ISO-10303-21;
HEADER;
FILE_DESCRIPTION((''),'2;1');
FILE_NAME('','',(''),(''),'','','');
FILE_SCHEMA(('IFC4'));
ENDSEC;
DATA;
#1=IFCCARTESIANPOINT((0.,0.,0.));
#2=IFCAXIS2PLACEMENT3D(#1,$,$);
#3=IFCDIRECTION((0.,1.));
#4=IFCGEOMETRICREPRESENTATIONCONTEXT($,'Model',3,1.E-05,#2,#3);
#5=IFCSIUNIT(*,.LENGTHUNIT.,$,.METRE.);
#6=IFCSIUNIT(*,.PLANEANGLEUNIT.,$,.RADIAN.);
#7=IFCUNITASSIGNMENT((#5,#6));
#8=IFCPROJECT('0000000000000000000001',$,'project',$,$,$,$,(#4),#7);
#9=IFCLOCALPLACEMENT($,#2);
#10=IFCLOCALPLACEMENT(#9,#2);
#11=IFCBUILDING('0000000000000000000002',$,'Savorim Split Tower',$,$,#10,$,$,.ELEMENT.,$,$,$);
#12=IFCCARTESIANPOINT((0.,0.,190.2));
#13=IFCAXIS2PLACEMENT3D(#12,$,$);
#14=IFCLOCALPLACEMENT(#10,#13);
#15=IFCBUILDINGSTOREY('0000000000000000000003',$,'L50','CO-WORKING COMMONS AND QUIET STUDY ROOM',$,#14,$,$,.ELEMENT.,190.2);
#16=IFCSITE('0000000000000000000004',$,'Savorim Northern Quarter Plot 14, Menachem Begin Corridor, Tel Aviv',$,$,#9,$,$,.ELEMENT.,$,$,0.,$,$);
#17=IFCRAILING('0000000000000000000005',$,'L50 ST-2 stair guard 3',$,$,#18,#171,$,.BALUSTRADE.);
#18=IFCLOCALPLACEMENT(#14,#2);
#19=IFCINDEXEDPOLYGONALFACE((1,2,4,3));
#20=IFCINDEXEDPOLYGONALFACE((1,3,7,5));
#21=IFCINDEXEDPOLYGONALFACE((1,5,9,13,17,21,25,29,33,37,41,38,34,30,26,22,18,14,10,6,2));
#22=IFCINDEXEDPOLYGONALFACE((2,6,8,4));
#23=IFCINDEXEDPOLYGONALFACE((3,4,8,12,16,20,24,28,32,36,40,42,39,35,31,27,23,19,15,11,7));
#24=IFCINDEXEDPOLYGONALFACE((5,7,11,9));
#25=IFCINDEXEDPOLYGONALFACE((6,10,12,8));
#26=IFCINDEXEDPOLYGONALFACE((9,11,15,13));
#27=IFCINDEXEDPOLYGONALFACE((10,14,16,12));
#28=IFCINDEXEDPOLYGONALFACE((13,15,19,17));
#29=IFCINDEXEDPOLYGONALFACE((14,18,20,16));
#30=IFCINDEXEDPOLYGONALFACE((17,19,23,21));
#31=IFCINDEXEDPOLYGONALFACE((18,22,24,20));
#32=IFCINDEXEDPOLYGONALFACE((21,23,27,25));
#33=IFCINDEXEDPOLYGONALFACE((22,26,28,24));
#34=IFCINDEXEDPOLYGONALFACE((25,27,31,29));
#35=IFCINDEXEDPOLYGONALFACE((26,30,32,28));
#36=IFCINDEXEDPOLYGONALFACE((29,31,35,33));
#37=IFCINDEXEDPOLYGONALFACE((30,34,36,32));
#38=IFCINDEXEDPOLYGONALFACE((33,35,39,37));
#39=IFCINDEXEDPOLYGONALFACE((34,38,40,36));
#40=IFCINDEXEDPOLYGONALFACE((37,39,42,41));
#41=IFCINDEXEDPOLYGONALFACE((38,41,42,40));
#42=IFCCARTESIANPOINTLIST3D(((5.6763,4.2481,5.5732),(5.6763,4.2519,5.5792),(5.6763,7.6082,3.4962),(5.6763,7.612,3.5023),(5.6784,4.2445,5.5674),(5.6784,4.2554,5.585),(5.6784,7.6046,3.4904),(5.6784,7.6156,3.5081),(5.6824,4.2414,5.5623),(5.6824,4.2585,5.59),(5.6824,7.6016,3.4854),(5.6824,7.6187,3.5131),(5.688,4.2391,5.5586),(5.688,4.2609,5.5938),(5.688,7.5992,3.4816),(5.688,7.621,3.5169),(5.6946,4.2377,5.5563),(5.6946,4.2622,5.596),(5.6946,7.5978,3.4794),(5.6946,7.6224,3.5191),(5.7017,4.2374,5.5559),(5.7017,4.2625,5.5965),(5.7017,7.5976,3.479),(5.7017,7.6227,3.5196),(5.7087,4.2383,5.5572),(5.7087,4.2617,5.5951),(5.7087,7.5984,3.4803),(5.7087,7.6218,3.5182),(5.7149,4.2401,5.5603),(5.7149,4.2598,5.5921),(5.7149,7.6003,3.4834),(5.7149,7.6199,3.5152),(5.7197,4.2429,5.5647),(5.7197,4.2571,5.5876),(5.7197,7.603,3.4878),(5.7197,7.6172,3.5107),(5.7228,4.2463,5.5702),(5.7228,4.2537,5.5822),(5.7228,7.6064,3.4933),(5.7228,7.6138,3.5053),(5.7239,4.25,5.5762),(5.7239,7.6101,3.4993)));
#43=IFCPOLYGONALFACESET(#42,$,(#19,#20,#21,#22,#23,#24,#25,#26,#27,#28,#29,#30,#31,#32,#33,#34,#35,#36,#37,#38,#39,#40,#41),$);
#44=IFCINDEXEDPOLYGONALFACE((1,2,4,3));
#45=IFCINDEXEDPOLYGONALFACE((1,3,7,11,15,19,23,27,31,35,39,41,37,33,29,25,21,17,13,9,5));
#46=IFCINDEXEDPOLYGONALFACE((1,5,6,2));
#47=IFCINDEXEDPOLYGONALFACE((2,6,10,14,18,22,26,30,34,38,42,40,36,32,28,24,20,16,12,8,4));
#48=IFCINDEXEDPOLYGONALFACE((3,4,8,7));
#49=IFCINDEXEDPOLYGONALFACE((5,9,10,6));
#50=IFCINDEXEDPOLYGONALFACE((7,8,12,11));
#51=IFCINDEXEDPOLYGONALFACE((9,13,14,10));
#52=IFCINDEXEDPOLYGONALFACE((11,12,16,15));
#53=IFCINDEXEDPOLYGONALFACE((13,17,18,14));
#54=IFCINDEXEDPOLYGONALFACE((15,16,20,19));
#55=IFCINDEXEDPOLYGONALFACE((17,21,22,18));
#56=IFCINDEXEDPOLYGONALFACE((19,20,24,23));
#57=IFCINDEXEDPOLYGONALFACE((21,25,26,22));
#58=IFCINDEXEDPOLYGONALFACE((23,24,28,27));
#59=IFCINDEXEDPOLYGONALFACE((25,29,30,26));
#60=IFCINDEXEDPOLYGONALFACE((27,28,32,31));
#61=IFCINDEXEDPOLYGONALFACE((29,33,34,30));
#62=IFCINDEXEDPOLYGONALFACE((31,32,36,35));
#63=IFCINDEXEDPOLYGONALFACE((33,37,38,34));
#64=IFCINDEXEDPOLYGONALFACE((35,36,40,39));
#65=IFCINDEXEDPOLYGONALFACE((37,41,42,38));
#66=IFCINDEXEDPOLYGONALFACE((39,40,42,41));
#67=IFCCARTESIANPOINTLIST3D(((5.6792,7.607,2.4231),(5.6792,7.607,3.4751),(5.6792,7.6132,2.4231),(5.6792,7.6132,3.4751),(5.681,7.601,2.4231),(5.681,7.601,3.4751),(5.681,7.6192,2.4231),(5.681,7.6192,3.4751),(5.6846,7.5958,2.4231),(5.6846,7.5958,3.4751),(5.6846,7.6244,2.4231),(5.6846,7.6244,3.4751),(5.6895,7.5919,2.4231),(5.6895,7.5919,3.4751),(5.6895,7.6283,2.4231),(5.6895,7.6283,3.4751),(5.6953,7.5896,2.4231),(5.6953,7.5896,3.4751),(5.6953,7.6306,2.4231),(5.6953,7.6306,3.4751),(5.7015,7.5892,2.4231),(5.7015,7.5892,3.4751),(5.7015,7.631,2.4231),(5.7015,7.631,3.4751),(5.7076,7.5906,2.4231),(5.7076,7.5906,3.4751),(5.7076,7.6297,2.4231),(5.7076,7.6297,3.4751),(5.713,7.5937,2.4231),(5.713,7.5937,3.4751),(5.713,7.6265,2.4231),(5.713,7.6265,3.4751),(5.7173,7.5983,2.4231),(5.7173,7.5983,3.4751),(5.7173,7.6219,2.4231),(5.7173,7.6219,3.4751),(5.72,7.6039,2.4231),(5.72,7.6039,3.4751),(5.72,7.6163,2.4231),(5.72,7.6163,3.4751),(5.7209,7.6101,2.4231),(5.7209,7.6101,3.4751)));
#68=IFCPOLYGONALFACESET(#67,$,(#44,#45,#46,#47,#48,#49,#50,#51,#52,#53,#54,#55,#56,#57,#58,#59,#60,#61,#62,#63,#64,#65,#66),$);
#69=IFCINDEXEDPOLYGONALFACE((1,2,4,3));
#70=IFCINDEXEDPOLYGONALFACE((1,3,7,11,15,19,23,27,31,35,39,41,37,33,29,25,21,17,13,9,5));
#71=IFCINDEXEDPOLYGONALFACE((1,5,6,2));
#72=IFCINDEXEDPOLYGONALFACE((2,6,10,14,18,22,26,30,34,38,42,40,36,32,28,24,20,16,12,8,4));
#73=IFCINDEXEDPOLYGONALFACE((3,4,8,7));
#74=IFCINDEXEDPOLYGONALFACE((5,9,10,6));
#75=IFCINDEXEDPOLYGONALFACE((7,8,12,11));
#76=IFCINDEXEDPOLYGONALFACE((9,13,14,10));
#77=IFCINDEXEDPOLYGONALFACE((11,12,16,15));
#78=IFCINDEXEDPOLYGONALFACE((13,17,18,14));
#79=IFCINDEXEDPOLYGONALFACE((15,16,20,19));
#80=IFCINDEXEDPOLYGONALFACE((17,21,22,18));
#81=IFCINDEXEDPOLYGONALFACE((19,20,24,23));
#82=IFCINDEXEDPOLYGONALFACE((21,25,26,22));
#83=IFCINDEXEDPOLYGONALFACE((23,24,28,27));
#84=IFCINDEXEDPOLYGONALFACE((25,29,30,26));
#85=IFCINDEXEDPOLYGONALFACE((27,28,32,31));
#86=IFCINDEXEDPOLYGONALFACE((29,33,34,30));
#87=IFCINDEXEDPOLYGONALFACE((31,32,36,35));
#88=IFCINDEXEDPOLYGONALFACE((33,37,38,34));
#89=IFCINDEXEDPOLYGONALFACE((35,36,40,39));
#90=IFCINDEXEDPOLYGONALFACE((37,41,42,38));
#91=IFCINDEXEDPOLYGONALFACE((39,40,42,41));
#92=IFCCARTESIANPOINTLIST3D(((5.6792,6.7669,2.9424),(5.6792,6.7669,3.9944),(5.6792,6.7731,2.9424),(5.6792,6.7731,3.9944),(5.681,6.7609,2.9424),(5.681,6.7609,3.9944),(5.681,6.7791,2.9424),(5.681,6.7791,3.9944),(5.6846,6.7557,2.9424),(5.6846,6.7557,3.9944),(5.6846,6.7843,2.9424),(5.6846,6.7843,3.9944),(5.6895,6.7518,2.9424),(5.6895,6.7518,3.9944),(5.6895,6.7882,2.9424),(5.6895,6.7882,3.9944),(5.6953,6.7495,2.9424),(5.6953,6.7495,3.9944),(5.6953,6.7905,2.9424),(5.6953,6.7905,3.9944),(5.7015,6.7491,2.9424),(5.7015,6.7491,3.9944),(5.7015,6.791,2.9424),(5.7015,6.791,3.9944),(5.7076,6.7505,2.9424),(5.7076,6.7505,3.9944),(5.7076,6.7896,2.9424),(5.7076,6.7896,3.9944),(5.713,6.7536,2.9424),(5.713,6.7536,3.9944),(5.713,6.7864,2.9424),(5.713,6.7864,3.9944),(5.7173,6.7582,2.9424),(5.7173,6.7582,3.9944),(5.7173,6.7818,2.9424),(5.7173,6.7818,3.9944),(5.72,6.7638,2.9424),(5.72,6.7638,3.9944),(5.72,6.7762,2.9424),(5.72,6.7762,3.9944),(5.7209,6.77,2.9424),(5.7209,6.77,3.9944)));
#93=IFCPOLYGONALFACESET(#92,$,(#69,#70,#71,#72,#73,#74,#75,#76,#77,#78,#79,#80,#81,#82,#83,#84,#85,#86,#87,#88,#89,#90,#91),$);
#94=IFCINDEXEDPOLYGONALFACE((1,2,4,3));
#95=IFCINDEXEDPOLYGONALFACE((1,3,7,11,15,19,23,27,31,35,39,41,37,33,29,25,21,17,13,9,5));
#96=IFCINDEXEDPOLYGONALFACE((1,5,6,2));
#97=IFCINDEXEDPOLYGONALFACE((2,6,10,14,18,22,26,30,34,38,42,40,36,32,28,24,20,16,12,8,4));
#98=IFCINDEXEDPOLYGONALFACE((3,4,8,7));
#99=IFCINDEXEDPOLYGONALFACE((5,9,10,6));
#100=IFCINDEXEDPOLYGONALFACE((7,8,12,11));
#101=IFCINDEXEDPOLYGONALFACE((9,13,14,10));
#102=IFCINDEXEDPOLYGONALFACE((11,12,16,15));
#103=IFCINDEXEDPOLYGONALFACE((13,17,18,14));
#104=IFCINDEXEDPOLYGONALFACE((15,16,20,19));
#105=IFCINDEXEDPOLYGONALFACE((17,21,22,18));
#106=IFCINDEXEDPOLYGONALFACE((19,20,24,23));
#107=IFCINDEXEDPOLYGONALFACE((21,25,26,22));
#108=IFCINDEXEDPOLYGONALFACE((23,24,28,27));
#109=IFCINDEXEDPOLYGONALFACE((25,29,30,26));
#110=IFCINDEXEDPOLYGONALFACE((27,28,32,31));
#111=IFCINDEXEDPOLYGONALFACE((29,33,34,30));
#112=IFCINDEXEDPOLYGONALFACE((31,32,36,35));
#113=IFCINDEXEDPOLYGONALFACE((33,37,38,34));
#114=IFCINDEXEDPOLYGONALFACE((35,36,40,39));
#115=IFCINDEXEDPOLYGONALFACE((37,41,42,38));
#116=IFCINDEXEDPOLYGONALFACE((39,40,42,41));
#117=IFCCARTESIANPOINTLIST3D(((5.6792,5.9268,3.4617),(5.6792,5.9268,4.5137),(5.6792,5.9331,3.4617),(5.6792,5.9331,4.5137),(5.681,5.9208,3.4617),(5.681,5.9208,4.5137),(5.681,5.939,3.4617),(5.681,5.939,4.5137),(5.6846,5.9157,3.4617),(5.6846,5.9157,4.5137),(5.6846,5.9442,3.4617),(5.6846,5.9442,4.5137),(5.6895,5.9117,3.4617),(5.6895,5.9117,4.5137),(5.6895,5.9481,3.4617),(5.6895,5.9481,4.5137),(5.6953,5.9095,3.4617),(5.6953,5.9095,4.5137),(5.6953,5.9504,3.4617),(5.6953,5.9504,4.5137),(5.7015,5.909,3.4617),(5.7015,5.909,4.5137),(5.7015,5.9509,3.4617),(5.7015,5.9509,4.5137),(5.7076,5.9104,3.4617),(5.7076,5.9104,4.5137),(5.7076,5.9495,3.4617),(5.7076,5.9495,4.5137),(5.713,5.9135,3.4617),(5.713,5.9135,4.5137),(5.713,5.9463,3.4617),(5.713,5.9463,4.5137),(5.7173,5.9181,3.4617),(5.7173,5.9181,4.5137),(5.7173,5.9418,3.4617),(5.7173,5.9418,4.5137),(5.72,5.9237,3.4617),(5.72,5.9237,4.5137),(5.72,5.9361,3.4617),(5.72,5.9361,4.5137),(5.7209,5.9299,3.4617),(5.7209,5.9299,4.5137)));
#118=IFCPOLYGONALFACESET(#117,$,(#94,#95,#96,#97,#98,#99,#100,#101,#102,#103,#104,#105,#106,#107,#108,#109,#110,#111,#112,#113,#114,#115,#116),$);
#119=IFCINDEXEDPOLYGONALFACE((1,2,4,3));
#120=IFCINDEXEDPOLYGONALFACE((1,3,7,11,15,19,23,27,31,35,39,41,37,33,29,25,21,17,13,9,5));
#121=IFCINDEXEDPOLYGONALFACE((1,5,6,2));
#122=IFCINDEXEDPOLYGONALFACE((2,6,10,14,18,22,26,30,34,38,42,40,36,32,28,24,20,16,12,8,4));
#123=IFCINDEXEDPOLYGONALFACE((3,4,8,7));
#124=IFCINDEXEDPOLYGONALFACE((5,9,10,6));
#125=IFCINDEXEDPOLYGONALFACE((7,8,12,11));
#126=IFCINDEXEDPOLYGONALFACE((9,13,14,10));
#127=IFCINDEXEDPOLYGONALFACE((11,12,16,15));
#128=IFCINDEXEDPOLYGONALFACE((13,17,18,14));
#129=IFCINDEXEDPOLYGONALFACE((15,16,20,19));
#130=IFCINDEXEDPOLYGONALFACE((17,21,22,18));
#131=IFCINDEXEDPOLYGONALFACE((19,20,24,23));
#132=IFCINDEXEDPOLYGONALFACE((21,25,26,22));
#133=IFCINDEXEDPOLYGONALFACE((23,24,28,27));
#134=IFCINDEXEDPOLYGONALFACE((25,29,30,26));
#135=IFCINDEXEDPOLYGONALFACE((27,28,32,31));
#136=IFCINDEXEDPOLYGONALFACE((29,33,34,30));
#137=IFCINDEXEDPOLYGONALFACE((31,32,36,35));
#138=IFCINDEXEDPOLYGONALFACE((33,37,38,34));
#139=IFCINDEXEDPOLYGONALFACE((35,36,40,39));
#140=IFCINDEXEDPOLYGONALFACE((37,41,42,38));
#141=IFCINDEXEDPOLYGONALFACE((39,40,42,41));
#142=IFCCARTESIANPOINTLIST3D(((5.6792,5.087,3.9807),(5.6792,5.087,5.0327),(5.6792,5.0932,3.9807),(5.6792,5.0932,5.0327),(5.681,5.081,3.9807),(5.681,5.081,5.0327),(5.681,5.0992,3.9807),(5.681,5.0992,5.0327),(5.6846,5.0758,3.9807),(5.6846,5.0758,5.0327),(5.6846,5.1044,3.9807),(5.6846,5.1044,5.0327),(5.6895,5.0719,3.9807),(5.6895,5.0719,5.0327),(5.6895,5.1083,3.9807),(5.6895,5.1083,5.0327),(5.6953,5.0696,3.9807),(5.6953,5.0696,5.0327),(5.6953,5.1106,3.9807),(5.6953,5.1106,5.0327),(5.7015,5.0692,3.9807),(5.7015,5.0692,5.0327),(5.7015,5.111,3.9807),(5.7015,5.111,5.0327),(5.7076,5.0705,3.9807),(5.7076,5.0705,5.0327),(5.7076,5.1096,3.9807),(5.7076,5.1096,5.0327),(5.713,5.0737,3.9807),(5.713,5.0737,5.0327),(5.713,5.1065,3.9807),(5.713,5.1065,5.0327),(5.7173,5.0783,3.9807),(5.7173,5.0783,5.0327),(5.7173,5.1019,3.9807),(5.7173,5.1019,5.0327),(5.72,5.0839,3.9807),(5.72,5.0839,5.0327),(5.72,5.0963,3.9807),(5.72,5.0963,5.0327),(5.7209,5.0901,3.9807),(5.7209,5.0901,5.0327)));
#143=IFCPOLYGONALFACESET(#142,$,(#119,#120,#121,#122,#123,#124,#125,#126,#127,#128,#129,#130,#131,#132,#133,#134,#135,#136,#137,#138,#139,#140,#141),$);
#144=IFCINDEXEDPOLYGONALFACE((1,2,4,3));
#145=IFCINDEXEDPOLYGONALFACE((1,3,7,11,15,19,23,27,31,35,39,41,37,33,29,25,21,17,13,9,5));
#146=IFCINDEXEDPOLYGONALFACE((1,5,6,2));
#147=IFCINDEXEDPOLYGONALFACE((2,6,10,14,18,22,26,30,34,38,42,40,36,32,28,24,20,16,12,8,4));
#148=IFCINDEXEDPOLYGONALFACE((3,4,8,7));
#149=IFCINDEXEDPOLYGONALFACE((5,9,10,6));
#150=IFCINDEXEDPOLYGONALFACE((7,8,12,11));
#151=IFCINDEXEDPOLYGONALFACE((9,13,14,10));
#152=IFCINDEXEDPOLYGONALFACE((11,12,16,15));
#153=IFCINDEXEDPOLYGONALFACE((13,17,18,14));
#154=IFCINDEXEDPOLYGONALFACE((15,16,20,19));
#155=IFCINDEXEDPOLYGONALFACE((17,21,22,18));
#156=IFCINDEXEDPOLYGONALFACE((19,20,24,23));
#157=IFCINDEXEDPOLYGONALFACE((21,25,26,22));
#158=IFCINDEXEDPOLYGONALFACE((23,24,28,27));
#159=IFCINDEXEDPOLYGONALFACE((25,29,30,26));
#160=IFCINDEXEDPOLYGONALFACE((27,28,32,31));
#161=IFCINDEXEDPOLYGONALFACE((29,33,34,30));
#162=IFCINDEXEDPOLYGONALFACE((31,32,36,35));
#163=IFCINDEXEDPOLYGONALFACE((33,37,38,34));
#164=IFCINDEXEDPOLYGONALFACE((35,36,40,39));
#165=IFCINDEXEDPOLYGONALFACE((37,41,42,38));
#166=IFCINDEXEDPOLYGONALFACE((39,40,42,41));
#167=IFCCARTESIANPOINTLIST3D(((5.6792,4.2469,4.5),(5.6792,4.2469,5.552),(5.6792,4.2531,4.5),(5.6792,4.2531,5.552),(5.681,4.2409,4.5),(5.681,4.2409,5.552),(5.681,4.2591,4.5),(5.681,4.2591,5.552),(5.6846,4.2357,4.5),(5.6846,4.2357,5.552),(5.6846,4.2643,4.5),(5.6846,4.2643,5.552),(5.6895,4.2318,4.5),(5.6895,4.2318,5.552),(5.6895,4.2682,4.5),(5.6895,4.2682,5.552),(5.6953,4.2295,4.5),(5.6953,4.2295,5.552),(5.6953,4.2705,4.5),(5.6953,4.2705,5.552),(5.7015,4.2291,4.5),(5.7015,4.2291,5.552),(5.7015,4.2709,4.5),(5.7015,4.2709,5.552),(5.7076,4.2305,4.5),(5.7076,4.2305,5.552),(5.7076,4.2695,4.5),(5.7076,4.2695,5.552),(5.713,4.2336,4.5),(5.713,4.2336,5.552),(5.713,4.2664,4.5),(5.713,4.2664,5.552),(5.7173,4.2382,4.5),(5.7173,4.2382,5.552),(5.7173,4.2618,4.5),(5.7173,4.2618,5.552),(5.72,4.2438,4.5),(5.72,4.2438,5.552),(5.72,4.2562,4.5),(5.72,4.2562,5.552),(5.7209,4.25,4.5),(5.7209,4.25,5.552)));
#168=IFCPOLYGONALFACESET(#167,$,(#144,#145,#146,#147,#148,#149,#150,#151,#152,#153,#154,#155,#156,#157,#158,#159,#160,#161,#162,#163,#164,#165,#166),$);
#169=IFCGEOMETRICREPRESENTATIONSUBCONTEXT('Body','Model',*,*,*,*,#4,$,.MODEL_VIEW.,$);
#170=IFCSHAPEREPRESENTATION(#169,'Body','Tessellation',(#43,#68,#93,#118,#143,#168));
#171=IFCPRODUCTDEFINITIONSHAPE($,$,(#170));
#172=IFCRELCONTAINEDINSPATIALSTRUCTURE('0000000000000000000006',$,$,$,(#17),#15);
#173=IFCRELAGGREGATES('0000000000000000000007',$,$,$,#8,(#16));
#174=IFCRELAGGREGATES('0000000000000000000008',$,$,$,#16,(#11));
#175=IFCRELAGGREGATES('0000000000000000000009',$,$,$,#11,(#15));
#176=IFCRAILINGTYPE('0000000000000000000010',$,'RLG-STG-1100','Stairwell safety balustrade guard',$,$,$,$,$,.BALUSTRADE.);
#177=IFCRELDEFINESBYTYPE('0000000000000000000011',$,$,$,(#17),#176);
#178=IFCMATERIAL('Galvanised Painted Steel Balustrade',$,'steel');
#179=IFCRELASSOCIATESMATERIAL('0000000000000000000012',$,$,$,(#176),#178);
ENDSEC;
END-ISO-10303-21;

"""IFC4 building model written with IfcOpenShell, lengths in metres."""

from ifc_helpers import new_model, si_unit, direction, frame, origin, origin_2d, place, context, subcontext, project, spatial, circle, extrude, material, type_object, element, save


model = new_model("IFC4")

# Units and contexts
model_context = context("Model", 3, precision=1e-05, world=origin(), true_north=direction((0.0, 1.0)))
body_context = subcontext(model_context, "Body", "Model", "MODEL_VIEW")
ifc_project = project(units=[si_unit("LENGTHUNIT", "METRE"), si_unit("PLANEANGLEUNIT", "RADIAN")], contexts=[model_context])

# Site, building, storey
site_placement = place(None, origin())
site = spatial("IfcSite", under=ifc_project, at=site_placement, Name="Savorim Northern Quarter Plot 14, Menachem Begin Corridor, Tel Aviv", CompositionType="ELEMENT", RefElevation=0.0)
building_placement = place(site_placement, origin())
building = spatial("IfcBuilding", under=site, at=building_placement, Name="Savorim Split Tower", CompositionType="ELEMENT")
storey_placement = place(building_placement, frame((0.0, 0.0, 190.2)))
storey = spatial("IfcBuildingStorey", under=building, at=storey_placement, Name="L50", Description="CO-WORKING COMMONS AND QUIET STUDY ROOM", CompositionType="ELEMENT", Elevation=190.2)

# Railing
ifc_material_1 = material(Name="Galvanised Painted Steel Balustrade", Category="steel")
railing_type_1 = type_object("IfcRailingType", Name="RLG-STG-1100", Description="Stairwell safety balustrade guard", PredefinedType="BALUSTRADE", material=ifc_material_1)
railing_1_placement = place(storey_placement, frame((5.7, 7.6101, 2.4231)))
element("IfcRailing", 1, at=railing_1_placement, inside=storey, type_object=railing_type_1, Name="L50 ST-2 stair guard 3", PredefinedType="BALUSTRADE", context=body_context, shape_type="SweptSolid", body=[
    extrude(circle(Radius=0.0239, at=origin_2d()), frame((0.0, 0.0, 1.0762), z_axis=(0.0, -0.850623, 0.525776), x_axis=(1.0, 0.0, 0.0)), (0.0, 0.0, 1.0), 3.9502),
    extrude(circle(Radius=0.021, at=origin_2d()), origin(), (0.0, 0.0, 1.0), 1.052),
    extrude(circle(Radius=0.021, at=origin_2d()), frame((0.0, -0.8401, 0.5193)), (0.0, 0.0, 1.0), 1.052),
    extrude(circle(Radius=0.021, at=origin_2d()), frame((0.0, -1.6802, 1.0386)), (0.0, 0.0, 1.0), 1.052),
    extrude(circle(Radius=0.021, at=origin_2d()), frame((0.0, -2.52, 1.5576)), (0.0, 0.0, 1.0), 1.052),
    extrude(circle(Radius=0.021, at=origin_2d()), frame((0.0, -3.3601, 2.0769)), (0.0, 0.0, 1.0), 1.052),
])

save(model, "model.ifc")
